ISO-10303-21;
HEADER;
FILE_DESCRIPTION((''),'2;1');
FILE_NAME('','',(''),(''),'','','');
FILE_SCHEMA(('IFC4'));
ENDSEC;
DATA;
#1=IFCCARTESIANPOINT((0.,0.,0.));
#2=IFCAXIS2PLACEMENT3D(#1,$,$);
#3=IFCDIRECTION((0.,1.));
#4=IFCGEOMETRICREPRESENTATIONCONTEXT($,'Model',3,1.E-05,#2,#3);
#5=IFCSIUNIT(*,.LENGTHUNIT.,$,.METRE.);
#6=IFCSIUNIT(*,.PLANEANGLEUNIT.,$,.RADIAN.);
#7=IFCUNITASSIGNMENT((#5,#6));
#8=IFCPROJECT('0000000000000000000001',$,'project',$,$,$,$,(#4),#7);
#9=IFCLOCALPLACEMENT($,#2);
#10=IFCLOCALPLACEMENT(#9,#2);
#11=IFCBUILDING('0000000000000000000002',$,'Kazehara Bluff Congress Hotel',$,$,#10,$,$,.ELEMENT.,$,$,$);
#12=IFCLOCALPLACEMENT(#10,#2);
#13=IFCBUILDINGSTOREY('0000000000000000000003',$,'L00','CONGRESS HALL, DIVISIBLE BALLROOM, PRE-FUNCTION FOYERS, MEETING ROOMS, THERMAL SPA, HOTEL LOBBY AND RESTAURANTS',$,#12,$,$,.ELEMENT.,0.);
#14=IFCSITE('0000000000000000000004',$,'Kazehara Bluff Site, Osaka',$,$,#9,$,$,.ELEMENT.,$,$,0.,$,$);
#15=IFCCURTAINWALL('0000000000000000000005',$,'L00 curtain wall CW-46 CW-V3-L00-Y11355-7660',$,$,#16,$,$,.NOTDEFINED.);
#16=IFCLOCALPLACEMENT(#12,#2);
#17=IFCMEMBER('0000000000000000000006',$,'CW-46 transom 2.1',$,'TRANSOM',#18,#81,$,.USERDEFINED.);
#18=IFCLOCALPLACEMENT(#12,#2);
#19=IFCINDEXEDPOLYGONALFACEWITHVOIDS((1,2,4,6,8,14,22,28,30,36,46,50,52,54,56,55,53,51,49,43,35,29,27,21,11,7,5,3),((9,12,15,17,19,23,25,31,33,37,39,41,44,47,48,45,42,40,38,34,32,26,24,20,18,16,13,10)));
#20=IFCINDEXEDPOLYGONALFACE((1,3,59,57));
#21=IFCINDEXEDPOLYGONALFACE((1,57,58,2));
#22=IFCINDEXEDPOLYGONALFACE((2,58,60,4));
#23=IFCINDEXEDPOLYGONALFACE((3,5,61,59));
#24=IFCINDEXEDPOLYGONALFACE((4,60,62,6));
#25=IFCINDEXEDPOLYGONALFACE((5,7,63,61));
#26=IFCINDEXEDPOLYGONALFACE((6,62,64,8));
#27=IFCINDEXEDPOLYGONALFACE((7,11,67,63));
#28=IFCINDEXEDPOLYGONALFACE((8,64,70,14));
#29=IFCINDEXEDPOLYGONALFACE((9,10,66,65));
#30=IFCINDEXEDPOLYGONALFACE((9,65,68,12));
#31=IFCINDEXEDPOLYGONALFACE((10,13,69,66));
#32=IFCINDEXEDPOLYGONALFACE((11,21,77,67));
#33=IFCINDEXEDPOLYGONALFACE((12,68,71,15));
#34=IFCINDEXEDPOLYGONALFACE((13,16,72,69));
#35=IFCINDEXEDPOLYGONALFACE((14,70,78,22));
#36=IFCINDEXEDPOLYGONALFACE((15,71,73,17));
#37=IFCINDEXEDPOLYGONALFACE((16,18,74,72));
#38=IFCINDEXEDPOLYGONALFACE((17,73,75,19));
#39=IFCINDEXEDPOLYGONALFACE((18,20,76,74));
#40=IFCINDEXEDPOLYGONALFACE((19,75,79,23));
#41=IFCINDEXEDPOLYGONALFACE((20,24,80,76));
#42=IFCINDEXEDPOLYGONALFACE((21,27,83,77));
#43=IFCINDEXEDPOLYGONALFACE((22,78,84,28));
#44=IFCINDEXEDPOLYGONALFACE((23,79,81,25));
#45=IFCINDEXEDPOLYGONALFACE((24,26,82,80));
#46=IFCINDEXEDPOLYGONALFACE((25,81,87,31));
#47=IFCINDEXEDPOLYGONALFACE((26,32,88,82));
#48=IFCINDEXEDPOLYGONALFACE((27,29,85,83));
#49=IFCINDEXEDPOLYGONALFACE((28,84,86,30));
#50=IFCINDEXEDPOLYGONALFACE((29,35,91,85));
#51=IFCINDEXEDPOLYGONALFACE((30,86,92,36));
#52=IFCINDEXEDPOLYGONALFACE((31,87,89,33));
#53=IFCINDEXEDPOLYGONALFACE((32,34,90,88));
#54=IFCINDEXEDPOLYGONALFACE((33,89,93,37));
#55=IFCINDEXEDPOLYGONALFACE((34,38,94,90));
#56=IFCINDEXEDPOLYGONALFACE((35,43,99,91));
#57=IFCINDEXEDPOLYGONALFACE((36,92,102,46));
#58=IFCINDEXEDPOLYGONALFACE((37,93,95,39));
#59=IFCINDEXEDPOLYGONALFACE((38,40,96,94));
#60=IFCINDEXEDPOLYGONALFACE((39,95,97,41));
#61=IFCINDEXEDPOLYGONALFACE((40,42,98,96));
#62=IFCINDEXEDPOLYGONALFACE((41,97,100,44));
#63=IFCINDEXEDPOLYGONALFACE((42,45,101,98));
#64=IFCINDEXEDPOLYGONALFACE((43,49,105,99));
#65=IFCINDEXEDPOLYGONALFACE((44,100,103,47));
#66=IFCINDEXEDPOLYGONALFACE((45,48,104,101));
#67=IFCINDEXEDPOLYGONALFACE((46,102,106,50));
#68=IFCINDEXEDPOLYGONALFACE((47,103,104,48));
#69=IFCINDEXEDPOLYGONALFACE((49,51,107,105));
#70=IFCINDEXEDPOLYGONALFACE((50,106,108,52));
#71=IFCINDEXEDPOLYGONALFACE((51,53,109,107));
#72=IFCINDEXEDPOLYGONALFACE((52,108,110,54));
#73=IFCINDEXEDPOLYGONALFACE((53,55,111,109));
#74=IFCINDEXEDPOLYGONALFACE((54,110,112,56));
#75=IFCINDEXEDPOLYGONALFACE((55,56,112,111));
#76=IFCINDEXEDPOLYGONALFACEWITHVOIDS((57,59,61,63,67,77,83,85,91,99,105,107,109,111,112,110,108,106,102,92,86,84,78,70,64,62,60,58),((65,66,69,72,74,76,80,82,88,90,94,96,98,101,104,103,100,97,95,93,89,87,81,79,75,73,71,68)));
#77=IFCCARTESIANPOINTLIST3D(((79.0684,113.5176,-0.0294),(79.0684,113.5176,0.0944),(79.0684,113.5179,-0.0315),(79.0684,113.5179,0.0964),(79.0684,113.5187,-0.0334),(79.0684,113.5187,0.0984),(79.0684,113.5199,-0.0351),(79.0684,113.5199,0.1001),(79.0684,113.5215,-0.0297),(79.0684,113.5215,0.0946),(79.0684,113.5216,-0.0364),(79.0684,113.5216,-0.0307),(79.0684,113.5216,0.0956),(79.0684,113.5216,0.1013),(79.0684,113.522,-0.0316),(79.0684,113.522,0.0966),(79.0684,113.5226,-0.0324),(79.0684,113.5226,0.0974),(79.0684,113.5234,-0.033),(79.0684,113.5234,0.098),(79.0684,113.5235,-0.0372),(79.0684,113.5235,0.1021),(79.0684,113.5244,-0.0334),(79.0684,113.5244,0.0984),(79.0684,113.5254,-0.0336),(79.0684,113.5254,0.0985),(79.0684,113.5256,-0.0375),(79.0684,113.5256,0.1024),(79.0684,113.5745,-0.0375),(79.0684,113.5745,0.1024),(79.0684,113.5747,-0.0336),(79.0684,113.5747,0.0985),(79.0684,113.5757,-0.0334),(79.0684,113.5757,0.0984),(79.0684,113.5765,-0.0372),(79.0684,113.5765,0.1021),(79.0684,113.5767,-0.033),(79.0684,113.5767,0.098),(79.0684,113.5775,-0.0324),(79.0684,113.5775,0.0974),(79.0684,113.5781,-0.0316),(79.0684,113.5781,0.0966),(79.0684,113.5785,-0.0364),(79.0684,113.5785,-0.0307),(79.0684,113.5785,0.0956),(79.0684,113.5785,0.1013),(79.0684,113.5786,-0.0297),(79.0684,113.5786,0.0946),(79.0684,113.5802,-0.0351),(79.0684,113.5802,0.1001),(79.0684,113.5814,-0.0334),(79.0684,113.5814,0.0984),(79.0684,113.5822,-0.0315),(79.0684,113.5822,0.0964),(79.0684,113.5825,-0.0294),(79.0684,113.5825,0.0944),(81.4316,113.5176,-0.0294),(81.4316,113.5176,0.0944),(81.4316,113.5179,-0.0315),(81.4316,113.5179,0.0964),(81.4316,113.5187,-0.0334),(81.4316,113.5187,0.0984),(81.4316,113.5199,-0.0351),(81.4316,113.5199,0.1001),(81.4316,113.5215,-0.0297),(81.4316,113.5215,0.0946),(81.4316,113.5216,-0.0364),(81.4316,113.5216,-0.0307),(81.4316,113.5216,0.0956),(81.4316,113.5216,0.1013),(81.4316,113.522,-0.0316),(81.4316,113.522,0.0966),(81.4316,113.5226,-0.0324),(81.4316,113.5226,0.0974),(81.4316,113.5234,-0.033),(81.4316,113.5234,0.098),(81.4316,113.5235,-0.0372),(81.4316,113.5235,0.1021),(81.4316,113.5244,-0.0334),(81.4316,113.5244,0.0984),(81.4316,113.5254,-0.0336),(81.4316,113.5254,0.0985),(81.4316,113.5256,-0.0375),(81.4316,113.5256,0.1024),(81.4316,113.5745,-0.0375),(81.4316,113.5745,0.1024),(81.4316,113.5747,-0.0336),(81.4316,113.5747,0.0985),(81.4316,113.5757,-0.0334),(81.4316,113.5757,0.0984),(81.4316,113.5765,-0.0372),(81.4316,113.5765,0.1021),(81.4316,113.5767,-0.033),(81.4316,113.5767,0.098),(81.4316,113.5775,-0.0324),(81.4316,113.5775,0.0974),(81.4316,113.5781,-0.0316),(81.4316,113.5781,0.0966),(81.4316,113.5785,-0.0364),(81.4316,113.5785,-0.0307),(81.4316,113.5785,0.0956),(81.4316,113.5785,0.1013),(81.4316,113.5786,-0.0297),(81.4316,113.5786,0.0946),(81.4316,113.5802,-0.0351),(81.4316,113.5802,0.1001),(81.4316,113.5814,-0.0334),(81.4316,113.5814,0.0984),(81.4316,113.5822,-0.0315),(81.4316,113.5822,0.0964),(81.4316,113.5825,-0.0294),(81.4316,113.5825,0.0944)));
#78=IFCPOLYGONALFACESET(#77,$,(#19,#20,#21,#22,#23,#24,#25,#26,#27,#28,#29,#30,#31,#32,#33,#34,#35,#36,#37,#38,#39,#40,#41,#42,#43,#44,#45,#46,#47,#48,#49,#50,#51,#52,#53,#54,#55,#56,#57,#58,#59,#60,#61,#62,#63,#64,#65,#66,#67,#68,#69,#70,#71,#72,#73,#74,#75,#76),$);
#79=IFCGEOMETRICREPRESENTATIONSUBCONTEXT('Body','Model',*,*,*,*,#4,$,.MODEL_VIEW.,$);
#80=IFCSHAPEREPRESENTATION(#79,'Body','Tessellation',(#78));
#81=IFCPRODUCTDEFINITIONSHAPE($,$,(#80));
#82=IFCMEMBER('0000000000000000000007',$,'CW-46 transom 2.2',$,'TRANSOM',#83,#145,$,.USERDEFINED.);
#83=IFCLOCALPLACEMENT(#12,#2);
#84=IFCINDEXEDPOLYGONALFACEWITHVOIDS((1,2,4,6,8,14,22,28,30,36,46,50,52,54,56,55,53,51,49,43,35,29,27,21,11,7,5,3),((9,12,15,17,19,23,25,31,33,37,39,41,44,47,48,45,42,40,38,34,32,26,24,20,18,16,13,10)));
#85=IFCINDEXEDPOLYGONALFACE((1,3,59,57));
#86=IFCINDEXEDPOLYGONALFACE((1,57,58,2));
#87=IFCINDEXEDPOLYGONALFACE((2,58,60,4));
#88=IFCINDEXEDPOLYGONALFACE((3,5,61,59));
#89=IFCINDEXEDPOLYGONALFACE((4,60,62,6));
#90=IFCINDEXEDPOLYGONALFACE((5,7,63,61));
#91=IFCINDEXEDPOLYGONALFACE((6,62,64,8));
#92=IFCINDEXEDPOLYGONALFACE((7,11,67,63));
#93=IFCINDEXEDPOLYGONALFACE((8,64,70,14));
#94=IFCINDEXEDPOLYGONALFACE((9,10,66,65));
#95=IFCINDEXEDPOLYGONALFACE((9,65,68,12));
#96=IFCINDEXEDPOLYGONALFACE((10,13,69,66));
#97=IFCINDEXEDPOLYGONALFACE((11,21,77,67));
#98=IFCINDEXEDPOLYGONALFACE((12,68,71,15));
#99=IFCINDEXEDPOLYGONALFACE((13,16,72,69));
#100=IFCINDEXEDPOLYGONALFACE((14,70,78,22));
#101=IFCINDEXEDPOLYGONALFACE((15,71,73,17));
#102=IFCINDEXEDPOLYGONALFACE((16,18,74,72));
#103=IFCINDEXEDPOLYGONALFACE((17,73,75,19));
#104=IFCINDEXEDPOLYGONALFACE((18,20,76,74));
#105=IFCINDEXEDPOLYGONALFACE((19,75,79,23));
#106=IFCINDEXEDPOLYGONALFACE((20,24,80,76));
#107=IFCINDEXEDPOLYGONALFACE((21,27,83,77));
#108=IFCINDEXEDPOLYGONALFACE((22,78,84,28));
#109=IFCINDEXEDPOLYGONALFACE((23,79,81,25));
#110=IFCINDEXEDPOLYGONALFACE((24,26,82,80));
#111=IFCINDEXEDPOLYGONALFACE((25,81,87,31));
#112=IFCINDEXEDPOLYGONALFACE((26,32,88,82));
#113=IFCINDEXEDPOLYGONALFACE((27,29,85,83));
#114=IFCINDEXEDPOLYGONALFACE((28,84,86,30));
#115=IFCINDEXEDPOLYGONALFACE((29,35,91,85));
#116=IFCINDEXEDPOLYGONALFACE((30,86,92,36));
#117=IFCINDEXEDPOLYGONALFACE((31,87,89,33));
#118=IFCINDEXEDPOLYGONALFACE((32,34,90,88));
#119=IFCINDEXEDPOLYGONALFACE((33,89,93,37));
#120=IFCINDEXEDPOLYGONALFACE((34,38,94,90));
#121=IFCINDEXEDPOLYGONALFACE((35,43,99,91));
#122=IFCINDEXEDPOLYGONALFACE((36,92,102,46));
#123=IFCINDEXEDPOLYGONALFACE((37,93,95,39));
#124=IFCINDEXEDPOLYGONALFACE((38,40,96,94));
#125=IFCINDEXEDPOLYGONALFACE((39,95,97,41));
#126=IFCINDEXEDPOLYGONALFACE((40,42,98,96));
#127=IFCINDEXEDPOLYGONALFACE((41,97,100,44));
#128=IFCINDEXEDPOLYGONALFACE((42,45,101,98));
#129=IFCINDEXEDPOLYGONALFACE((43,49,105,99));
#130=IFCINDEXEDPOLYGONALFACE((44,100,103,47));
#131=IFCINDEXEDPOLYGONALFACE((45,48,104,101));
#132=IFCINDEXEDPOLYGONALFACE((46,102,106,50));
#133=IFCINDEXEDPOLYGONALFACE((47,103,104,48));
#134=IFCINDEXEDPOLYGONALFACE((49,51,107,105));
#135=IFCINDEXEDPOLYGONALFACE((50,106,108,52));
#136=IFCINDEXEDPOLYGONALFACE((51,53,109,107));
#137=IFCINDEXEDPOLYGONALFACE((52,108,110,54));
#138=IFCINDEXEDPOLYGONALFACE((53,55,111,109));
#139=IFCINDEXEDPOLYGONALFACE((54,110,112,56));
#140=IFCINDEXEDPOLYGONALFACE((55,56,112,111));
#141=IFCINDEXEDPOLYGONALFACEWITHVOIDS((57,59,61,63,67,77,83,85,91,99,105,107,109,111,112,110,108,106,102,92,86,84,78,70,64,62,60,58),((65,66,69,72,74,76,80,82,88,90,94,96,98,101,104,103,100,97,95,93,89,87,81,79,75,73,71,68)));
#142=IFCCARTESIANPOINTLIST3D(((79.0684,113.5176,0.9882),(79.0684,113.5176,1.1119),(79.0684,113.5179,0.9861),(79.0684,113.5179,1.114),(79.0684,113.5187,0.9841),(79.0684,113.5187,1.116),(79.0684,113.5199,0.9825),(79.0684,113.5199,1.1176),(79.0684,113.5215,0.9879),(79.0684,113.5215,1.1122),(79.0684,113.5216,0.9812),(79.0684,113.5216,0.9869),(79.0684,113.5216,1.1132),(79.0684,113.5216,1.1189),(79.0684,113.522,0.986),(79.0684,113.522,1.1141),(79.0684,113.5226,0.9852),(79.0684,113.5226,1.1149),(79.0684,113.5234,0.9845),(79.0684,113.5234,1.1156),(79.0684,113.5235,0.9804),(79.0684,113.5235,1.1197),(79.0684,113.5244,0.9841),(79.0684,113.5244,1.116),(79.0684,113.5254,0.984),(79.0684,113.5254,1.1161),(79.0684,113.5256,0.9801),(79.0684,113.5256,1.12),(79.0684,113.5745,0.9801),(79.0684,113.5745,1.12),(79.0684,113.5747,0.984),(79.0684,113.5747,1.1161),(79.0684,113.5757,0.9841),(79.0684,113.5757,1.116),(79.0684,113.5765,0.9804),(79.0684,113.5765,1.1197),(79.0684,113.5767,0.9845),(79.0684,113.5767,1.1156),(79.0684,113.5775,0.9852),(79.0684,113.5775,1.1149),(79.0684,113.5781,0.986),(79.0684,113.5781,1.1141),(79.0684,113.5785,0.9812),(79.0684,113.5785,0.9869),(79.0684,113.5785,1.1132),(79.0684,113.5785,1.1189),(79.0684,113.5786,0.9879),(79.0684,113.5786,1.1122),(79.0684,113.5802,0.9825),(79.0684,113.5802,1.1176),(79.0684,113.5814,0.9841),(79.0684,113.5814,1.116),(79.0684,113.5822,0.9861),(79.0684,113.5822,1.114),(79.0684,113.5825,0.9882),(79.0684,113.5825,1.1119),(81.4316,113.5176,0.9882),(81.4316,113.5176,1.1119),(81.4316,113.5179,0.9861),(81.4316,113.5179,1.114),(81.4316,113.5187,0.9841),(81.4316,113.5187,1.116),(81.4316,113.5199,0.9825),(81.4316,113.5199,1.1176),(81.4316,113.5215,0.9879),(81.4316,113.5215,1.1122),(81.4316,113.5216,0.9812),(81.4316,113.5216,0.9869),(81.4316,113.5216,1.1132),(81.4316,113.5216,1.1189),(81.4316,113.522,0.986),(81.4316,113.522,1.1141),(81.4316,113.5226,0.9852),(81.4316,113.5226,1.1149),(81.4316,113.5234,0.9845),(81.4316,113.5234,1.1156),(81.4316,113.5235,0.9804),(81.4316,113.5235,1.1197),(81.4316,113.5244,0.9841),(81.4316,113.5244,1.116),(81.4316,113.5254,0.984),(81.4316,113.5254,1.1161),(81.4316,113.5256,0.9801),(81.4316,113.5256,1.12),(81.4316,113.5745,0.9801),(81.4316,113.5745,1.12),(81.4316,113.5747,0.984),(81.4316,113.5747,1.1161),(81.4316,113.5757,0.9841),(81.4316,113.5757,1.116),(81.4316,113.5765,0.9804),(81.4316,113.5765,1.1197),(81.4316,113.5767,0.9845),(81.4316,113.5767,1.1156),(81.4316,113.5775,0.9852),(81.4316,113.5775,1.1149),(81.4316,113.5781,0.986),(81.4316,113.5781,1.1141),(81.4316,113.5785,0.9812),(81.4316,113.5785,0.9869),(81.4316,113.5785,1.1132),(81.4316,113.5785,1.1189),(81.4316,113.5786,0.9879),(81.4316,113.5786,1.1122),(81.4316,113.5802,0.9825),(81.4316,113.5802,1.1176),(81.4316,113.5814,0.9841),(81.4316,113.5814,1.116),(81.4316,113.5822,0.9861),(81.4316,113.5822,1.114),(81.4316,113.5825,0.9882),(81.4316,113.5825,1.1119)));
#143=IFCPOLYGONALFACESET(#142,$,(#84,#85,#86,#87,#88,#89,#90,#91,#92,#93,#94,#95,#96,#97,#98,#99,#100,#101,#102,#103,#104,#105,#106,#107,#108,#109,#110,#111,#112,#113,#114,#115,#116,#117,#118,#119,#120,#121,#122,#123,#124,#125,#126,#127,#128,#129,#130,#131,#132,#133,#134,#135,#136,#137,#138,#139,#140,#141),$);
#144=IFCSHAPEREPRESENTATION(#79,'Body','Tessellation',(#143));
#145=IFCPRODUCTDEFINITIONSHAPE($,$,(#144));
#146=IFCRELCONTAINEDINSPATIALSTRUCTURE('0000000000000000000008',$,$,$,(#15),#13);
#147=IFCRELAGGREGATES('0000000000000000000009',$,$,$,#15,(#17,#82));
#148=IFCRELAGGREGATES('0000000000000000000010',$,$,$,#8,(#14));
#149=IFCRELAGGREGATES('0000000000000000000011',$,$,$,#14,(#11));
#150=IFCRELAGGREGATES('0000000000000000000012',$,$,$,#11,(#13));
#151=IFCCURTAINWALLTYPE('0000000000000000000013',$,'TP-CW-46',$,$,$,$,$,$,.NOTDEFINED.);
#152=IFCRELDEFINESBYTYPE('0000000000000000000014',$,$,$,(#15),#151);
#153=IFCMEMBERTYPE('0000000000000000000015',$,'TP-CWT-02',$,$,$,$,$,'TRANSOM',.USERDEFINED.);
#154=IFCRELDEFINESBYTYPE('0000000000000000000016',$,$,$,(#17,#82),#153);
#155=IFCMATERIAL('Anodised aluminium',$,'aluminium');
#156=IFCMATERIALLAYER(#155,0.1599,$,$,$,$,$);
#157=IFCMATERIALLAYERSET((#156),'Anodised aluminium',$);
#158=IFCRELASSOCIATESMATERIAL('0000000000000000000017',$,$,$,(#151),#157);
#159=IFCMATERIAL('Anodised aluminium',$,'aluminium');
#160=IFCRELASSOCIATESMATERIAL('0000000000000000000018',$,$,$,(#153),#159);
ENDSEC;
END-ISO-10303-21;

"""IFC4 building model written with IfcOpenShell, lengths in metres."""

from ifc_helpers import new_model, si_unit, direction, frame, origin, origin_2d, place, context, subcontext, project, spatial, hollow_rectangle, extrude, material, layer, layer_set, material_profile, profile_set, type_object, element, aggregate, save


model = new_model("IFC4")

# Units and contexts
model_context = context("Model", 3, precision=1e-05, world=origin(), true_north=direction((0.0, 1.0)))
body_context = subcontext(model_context, "Body", "Model", "MODEL_VIEW")
ifc_project = project(units=[si_unit("LENGTHUNIT", "METRE"), si_unit("PLANEANGLEUNIT", "RADIAN")], contexts=[model_context])

# Site, building, storey
site_placement = place(None, origin())
site = spatial("IfcSite", under=ifc_project, at=site_placement, Name="Kazehara Bluff Site, Osaka", CompositionType="ELEMENT", RefElevation=0.0)
building_placement = place(site_placement, origin())
building = spatial("IfcBuilding", under=site, at=building_placement, Name="Kazehara Bluff Congress Hotel", CompositionType="ELEMENT")
storey_placement = place(building_placement, origin())
storey = spatial("IfcBuildingStorey", under=building, at=storey_placement, Name="L00", Description="CONGRESS HALL, DIVISIBLE BALLROOM, PRE-FUNCTION FOYERS, MEETING ROOMS, THERMAL SPA, HOTEL LOBBY AND RESTAURANTS", CompositionType="ELEMENT", Elevation=0.0)

# Curtain wall, members
ifc_material_1 = material(Name="Anodised aluminium", Category="aluminium")
ifc_layer_1 = layer(ifc_material_1, 0.1599)
ifc_layer_set_1 = layer_set([ifc_layer_1], Name="Anodised aluminium")
curtain_wall_type_1 = type_object("IfcCurtainWallType", Name="TP-CW-46", PredefinedType="NOTDEFINED", material=ifc_layer_set_1)
curtain_wall_1_placement = place(storey_placement, origin())
curtain_wall_1 = element("IfcCurtainWall", 1, at=curtain_wall_1_placement, inside=storey, type_object=curtain_wall_type_1, Name="L00 curtain wall CW-46 CW-V3-L00-Y11355-7660", PredefinedType="NOTDEFINED")
ifc_material_2 = material(Name="Anodised aluminium", Category="aluminium")
ifc_material_profile_1 = material_profile(ifc_material_2, hollow_rectangle(XDim=0.0649, YDim=0.1399, WallThickness=0.0039, InnerFilletRadius=0.0039, OuterFilletRadius=0.0081, at=origin_2d()))
ifc_profile_set_1 = profile_set([ifc_material_profile_1], Name="Anodised aluminium")
member_type_1 = type_object("IfcMemberType", Name="TP-CWT-02", ElementType="TRANSOM", PredefinedType="USERDEFINED", material=ifc_profile_set_1)
member_1_placement = place(storey_placement, frame((79.0684, 113.55, 0.0325), z_axis=(1.0, 0.0, 0.0), x_axis=(0.0, 1.0, 0.0)))
member_1 = element("IfcMember", 2, at=member_1_placement, type_object=member_type_1, Name="CW-46 transom 2.1", ObjectType="TRANSOM", PredefinedType="USERDEFINED", context=body_context, shape_type="SweptSolid", body=[
    extrude(hollow_rectangle(XDim=0.0649, YDim=0.1399, WallThickness=0.0039, InnerFilletRadius=0.0039, OuterFilletRadius=0.0081, at=origin_2d()), origin(), (0.0, 0.0, 1.0), 2.3633),
])
member_2_placement = place(storey_placement, frame((79.0684, 113.55, 1.05), z_axis=(1.0, 0.0, 0.0), x_axis=(0.0, 1.0, 0.0)))
member_2 = element("IfcMember", 3, at=member_2_placement, type_object=member_type_1, Name="CW-46 transom 2.2", ObjectType="TRANSOM", PredefinedType="USERDEFINED", context=body_context, shape_type="SweptSolid", body=[
    extrude(hollow_rectangle(XDim=0.0649, YDim=0.1399, WallThickness=0.0039, InnerFilletRadius=0.0039, OuterFilletRadius=0.0081, at=origin_2d()), origin(), (0.0, 0.0, 1.0), 2.3633),
])

aggregate(curtain_wall_1, [member_1, member_2])

save(model, "model.ifc")
